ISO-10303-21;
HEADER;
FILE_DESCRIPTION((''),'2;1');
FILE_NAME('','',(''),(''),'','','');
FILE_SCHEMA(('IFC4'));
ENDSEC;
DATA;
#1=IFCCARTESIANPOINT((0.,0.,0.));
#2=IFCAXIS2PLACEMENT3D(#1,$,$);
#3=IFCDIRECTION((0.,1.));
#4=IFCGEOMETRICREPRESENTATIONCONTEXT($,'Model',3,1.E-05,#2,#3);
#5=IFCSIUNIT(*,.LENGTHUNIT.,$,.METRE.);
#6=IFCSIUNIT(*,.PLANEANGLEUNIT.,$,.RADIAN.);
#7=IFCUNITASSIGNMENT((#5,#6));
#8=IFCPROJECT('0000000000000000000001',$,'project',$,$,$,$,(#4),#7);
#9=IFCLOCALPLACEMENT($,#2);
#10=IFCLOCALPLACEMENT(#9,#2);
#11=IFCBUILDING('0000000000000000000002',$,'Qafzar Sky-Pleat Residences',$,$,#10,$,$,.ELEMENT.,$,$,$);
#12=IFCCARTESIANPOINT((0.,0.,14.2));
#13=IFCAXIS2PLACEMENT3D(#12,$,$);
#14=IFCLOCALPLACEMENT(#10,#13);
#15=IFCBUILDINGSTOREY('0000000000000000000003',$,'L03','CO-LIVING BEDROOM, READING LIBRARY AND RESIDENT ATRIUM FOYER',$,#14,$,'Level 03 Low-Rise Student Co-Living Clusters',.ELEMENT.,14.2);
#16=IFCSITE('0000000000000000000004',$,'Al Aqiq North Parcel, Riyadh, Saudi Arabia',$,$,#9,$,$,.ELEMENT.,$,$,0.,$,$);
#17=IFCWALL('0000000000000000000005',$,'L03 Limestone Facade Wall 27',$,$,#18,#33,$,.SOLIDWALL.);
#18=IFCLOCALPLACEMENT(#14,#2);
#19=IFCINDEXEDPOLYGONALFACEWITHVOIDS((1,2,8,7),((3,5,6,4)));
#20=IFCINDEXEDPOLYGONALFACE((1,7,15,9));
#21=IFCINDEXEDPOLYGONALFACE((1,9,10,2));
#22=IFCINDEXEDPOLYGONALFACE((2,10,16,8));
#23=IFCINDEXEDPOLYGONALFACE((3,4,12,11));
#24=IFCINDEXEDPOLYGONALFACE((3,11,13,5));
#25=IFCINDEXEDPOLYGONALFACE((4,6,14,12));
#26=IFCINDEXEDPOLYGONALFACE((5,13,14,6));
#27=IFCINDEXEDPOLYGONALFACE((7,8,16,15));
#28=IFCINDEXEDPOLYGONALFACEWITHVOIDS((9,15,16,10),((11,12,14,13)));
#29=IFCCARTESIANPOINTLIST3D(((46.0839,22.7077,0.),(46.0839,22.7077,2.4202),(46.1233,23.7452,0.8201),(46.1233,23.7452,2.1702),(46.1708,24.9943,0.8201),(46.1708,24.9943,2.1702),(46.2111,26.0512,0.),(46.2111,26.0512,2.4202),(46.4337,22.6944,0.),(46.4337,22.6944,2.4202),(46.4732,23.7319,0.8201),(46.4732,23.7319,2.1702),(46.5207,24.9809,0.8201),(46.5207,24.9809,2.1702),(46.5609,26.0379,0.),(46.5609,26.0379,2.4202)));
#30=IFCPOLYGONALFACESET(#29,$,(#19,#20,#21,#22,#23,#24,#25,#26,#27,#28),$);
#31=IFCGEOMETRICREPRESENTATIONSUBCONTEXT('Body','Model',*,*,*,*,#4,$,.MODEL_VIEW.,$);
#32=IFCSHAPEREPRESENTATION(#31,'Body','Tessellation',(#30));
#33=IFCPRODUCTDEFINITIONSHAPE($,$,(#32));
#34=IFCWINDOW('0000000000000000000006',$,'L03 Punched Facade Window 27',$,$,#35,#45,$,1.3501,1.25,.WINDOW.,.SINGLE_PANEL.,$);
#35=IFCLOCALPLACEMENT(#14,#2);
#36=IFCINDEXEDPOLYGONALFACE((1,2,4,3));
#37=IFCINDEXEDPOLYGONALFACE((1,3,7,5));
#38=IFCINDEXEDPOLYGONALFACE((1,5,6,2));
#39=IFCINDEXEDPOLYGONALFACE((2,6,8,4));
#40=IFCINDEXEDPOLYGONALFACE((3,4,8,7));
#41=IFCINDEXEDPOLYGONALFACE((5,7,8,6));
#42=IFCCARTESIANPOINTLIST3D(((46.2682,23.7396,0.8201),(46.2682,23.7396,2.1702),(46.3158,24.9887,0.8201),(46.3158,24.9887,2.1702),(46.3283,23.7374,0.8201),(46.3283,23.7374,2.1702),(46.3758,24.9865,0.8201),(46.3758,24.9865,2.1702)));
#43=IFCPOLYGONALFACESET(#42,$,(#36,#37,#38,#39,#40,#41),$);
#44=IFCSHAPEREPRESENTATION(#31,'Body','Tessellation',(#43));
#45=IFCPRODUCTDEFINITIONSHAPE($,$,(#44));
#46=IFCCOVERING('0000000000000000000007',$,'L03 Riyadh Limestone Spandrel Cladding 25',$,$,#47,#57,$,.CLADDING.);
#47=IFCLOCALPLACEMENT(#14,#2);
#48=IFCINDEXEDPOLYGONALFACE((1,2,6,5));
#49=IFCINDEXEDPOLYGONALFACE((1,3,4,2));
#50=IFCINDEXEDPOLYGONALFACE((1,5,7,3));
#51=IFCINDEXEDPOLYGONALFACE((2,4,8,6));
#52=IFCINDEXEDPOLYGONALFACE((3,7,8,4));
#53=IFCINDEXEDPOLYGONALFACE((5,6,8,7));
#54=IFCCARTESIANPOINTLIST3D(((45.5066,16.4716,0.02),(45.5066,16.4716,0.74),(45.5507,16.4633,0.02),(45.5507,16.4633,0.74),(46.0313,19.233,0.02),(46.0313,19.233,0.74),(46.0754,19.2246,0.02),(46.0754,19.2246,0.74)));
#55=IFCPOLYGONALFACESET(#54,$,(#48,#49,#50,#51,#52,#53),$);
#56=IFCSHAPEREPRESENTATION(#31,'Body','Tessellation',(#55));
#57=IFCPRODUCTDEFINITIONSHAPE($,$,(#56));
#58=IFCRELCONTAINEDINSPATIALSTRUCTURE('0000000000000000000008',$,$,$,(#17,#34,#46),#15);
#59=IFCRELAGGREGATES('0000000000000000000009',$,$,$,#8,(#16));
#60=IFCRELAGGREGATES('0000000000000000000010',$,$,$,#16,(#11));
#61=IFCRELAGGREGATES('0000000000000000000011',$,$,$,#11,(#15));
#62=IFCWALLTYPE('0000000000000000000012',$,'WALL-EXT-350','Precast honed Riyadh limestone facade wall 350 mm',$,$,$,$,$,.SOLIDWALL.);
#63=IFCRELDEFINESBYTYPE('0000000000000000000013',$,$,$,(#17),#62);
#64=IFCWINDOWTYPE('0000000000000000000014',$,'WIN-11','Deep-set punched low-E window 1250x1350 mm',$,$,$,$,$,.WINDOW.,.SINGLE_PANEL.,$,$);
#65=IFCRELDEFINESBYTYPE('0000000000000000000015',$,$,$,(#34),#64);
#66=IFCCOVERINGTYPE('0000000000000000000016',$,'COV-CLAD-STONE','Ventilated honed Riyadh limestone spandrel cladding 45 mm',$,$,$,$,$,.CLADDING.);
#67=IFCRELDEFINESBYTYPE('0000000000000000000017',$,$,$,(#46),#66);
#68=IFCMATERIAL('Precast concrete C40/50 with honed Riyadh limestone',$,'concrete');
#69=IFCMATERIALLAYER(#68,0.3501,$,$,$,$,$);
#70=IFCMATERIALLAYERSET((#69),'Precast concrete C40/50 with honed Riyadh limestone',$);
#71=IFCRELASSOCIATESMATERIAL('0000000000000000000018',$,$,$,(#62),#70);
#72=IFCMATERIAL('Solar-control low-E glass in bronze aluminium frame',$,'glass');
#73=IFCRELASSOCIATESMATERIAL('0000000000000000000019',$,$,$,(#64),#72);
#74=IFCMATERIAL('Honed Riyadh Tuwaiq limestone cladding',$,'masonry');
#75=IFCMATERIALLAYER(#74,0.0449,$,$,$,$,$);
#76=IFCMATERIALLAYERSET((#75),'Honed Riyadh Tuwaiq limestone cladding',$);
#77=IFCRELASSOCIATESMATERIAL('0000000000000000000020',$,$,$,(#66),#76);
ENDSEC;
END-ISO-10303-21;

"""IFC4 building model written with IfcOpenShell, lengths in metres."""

from ifc_helpers import new_model, si_unit, direction, frame, frame_2d, origin, origin_2d, place, context, subcontext, project, spatial, rectangle, extrude, source, transform, mapped, material, layer, layer_set, type_object, element, fill, save


model = new_model("IFC4")

# Units and contexts
model_context = context("Model", 3, precision=1e-05, world=origin(), true_north=direction((0.0, 1.0)))
body_context = subcontext(model_context, "Body", "Model", "MODEL_VIEW")
ifc_project = project(units=[si_unit("LENGTHUNIT", "METRE"), si_unit("PLANEANGLEUNIT", "RADIAN")], contexts=[model_context])

# Site, building, storey
site_placement = place(None, origin())
site = spatial("IfcSite", under=ifc_project, at=site_placement, Name="Al Aqiq North Parcel, Riyadh, Saudi Arabia", CompositionType="ELEMENT", RefElevation=0.0)
building_placement = place(site_placement, origin())
building = spatial("IfcBuilding", under=site, at=building_placement, Name="Qafzar Sky-Pleat Residences", CompositionType="ELEMENT")
storey_placement = place(building_placement, frame((0.0, 0.0, 14.2)))
storey = spatial("IfcBuildingStorey", under=building, at=storey_placement, Name="L03", Description="CO-LIVING BEDROOM, READING LIBRARY AND RESIDENT ATRIUM FOYER", LongName="Level 03 Low-Rise Student Co-Living Clusters", CompositionType="ELEMENT", Elevation=14.2)

# Shared definitions
ifc_material_1 = material(Name="Precast concrete C40/50 with honed Riyadh limestone", Category="concrete")
ifc_layer_1 = layer(ifc_material_1, 0.3501)
ifc_layer_set_1 = layer_set([ifc_layer_1], Name="Precast concrete C40/50 with honed Riyadh limestone")
wall_type_1 = type_object("IfcWallType", Name="WALL-EXT-350", Description="Precast honed Riyadh limestone facade wall 350 mm", PredefinedType="SOLIDWALL", material=ifc_layer_set_1)
ifc_material_2 = material(Name="Solar-control low-E glass in bronze aluminium frame", Category="glass")

# Wall, opening, window
wall_1_placement = place(storey_placement, frame((46.2588, 22.7012, 0.0), z_axis=(0.0, 0.0, 1.0), x_axis=(0.038016, 0.999277, 0.0)))
wall_1 = element("IfcWall", 1, at=wall_1_placement, inside=storey, type_object=wall_type_1, Name="L03 Limestone Facade Wall 27", PredefinedType="SOLIDWALL", context=body_context, shape_type="SweptSolid", body=[
    extrude(rectangle(XDim=3.3459, YDim=0.3501, at=frame_2d((1.6729, 0.0))), origin(), (0.0, 0.0, 1.0), 2.4202),
])
opening_1_placement = place(wall_1_placement, frame((1.0381, 0.0, 0.8201)))
opening_1 = element("IfcOpeningElement", 2, at=opening_1_placement, cuts=wall_1, PredefinedType="OPENING", context=body_context, shape_type="SweptSolid", body=[
    extrude(rectangle(XDim=1.25, YDim=1.3501, at=frame_2d((0.625, 0.675))), frame((0.0, 0.1851, 0.0), z_axis=(0.0, -1.0, 0.0), x_axis=(1.0, 0.0, 0.0)), (0.0, 0.0, 1.0), 0.3701),
])
window_type_1 = type_object("IfcWindowType", Name="WIN-11", Description="Deep-set punched low-E window 1250x1350 mm", PartitioningType="SINGLE_PANEL", PredefinedType="WINDOW", material=ifc_material_2)
shared_shape_1 = source(origin(), body_context, "Body", "SweptSolid", [
    extrude(rectangle(XDim=1.25, YDim=1.3501, at=frame_2d((0.625, 0.675))), frame((0.0, 0.03, 0.0), z_axis=(0.0, -1.0, 0.0), x_axis=(1.0, 0.0, 0.0)), (0.0, 0.0, 1.0), 0.0601),
])
window_1_placement = place(opening_1_placement, origin())
window_1 = element("IfcWindow", 3, at=window_1_placement, inside=storey, type_object=window_type_1, Name="L03 Punched Facade Window 27", OverallHeight=1.3501, OverallWidth=1.25, PartitioningType="SINGLE_PANEL", PredefinedType="WINDOW", context=body_context, shape_type="MappedRepresentation", body=[
    mapped(shared_shape_1, transform((0.0, 0.0, 0.0), x_axis=(1.0, 0.0, 0.0), y_axis=(0.0, 1.0, 0.0), z_axis=(0.0, 0.0, 1.0), scale=1.0)),
])
fill(opening_1, window_1)

# Covering
ifc_material_3 = material(Name="Honed Riyadh Tuwaiq limestone cladding", Category="masonry")
ifc_layer_2 = layer(ifc_material_3, 0.0449)
ifc_layer_set_2 = layer_set([ifc_layer_2], Name="Honed Riyadh Tuwaiq limestone cladding")
covering_type = type_object("IfcCoveringType", Name="COV-CLAD-STONE", Description="Ventilated honed Riyadh limestone spandrel cladding 45 mm", PredefinedType="CLADDING", material=ifc_layer_set_2)
shared_shape_2 = source(origin(), body_context, "Body", "SweptSolid", [
    extrude(rectangle(XDim=2.8108, YDim=0.0449, at=origin_2d()), origin(), (0.0, 0.0, 1.0), 0.72),
])
covering_placement = place(storey_placement, frame((45.791, 17.8481, 0.02), z_axis=(0.0, 0.0, 1.0), x_axis=(0.186679, 0.982421, 0.0)))
element("IfcCovering", 4, at=covering_placement, inside=storey, type_object=covering_type, Name="L03 Riyadh Limestone Spandrel Cladding 25", PredefinedType="CLADDING", context=body_context, shape_type="MappedRepresentation", body=[
    mapped(shared_shape_2, transform((0.0, 0.0, 0.0), x_axis=(1.0, 0.0, 0.0), y_axis=(0.0, 1.0, 0.0), z_axis=(0.0, 0.0, 1.0), scale=1.0)),
])

save(model, "model.ifc")
